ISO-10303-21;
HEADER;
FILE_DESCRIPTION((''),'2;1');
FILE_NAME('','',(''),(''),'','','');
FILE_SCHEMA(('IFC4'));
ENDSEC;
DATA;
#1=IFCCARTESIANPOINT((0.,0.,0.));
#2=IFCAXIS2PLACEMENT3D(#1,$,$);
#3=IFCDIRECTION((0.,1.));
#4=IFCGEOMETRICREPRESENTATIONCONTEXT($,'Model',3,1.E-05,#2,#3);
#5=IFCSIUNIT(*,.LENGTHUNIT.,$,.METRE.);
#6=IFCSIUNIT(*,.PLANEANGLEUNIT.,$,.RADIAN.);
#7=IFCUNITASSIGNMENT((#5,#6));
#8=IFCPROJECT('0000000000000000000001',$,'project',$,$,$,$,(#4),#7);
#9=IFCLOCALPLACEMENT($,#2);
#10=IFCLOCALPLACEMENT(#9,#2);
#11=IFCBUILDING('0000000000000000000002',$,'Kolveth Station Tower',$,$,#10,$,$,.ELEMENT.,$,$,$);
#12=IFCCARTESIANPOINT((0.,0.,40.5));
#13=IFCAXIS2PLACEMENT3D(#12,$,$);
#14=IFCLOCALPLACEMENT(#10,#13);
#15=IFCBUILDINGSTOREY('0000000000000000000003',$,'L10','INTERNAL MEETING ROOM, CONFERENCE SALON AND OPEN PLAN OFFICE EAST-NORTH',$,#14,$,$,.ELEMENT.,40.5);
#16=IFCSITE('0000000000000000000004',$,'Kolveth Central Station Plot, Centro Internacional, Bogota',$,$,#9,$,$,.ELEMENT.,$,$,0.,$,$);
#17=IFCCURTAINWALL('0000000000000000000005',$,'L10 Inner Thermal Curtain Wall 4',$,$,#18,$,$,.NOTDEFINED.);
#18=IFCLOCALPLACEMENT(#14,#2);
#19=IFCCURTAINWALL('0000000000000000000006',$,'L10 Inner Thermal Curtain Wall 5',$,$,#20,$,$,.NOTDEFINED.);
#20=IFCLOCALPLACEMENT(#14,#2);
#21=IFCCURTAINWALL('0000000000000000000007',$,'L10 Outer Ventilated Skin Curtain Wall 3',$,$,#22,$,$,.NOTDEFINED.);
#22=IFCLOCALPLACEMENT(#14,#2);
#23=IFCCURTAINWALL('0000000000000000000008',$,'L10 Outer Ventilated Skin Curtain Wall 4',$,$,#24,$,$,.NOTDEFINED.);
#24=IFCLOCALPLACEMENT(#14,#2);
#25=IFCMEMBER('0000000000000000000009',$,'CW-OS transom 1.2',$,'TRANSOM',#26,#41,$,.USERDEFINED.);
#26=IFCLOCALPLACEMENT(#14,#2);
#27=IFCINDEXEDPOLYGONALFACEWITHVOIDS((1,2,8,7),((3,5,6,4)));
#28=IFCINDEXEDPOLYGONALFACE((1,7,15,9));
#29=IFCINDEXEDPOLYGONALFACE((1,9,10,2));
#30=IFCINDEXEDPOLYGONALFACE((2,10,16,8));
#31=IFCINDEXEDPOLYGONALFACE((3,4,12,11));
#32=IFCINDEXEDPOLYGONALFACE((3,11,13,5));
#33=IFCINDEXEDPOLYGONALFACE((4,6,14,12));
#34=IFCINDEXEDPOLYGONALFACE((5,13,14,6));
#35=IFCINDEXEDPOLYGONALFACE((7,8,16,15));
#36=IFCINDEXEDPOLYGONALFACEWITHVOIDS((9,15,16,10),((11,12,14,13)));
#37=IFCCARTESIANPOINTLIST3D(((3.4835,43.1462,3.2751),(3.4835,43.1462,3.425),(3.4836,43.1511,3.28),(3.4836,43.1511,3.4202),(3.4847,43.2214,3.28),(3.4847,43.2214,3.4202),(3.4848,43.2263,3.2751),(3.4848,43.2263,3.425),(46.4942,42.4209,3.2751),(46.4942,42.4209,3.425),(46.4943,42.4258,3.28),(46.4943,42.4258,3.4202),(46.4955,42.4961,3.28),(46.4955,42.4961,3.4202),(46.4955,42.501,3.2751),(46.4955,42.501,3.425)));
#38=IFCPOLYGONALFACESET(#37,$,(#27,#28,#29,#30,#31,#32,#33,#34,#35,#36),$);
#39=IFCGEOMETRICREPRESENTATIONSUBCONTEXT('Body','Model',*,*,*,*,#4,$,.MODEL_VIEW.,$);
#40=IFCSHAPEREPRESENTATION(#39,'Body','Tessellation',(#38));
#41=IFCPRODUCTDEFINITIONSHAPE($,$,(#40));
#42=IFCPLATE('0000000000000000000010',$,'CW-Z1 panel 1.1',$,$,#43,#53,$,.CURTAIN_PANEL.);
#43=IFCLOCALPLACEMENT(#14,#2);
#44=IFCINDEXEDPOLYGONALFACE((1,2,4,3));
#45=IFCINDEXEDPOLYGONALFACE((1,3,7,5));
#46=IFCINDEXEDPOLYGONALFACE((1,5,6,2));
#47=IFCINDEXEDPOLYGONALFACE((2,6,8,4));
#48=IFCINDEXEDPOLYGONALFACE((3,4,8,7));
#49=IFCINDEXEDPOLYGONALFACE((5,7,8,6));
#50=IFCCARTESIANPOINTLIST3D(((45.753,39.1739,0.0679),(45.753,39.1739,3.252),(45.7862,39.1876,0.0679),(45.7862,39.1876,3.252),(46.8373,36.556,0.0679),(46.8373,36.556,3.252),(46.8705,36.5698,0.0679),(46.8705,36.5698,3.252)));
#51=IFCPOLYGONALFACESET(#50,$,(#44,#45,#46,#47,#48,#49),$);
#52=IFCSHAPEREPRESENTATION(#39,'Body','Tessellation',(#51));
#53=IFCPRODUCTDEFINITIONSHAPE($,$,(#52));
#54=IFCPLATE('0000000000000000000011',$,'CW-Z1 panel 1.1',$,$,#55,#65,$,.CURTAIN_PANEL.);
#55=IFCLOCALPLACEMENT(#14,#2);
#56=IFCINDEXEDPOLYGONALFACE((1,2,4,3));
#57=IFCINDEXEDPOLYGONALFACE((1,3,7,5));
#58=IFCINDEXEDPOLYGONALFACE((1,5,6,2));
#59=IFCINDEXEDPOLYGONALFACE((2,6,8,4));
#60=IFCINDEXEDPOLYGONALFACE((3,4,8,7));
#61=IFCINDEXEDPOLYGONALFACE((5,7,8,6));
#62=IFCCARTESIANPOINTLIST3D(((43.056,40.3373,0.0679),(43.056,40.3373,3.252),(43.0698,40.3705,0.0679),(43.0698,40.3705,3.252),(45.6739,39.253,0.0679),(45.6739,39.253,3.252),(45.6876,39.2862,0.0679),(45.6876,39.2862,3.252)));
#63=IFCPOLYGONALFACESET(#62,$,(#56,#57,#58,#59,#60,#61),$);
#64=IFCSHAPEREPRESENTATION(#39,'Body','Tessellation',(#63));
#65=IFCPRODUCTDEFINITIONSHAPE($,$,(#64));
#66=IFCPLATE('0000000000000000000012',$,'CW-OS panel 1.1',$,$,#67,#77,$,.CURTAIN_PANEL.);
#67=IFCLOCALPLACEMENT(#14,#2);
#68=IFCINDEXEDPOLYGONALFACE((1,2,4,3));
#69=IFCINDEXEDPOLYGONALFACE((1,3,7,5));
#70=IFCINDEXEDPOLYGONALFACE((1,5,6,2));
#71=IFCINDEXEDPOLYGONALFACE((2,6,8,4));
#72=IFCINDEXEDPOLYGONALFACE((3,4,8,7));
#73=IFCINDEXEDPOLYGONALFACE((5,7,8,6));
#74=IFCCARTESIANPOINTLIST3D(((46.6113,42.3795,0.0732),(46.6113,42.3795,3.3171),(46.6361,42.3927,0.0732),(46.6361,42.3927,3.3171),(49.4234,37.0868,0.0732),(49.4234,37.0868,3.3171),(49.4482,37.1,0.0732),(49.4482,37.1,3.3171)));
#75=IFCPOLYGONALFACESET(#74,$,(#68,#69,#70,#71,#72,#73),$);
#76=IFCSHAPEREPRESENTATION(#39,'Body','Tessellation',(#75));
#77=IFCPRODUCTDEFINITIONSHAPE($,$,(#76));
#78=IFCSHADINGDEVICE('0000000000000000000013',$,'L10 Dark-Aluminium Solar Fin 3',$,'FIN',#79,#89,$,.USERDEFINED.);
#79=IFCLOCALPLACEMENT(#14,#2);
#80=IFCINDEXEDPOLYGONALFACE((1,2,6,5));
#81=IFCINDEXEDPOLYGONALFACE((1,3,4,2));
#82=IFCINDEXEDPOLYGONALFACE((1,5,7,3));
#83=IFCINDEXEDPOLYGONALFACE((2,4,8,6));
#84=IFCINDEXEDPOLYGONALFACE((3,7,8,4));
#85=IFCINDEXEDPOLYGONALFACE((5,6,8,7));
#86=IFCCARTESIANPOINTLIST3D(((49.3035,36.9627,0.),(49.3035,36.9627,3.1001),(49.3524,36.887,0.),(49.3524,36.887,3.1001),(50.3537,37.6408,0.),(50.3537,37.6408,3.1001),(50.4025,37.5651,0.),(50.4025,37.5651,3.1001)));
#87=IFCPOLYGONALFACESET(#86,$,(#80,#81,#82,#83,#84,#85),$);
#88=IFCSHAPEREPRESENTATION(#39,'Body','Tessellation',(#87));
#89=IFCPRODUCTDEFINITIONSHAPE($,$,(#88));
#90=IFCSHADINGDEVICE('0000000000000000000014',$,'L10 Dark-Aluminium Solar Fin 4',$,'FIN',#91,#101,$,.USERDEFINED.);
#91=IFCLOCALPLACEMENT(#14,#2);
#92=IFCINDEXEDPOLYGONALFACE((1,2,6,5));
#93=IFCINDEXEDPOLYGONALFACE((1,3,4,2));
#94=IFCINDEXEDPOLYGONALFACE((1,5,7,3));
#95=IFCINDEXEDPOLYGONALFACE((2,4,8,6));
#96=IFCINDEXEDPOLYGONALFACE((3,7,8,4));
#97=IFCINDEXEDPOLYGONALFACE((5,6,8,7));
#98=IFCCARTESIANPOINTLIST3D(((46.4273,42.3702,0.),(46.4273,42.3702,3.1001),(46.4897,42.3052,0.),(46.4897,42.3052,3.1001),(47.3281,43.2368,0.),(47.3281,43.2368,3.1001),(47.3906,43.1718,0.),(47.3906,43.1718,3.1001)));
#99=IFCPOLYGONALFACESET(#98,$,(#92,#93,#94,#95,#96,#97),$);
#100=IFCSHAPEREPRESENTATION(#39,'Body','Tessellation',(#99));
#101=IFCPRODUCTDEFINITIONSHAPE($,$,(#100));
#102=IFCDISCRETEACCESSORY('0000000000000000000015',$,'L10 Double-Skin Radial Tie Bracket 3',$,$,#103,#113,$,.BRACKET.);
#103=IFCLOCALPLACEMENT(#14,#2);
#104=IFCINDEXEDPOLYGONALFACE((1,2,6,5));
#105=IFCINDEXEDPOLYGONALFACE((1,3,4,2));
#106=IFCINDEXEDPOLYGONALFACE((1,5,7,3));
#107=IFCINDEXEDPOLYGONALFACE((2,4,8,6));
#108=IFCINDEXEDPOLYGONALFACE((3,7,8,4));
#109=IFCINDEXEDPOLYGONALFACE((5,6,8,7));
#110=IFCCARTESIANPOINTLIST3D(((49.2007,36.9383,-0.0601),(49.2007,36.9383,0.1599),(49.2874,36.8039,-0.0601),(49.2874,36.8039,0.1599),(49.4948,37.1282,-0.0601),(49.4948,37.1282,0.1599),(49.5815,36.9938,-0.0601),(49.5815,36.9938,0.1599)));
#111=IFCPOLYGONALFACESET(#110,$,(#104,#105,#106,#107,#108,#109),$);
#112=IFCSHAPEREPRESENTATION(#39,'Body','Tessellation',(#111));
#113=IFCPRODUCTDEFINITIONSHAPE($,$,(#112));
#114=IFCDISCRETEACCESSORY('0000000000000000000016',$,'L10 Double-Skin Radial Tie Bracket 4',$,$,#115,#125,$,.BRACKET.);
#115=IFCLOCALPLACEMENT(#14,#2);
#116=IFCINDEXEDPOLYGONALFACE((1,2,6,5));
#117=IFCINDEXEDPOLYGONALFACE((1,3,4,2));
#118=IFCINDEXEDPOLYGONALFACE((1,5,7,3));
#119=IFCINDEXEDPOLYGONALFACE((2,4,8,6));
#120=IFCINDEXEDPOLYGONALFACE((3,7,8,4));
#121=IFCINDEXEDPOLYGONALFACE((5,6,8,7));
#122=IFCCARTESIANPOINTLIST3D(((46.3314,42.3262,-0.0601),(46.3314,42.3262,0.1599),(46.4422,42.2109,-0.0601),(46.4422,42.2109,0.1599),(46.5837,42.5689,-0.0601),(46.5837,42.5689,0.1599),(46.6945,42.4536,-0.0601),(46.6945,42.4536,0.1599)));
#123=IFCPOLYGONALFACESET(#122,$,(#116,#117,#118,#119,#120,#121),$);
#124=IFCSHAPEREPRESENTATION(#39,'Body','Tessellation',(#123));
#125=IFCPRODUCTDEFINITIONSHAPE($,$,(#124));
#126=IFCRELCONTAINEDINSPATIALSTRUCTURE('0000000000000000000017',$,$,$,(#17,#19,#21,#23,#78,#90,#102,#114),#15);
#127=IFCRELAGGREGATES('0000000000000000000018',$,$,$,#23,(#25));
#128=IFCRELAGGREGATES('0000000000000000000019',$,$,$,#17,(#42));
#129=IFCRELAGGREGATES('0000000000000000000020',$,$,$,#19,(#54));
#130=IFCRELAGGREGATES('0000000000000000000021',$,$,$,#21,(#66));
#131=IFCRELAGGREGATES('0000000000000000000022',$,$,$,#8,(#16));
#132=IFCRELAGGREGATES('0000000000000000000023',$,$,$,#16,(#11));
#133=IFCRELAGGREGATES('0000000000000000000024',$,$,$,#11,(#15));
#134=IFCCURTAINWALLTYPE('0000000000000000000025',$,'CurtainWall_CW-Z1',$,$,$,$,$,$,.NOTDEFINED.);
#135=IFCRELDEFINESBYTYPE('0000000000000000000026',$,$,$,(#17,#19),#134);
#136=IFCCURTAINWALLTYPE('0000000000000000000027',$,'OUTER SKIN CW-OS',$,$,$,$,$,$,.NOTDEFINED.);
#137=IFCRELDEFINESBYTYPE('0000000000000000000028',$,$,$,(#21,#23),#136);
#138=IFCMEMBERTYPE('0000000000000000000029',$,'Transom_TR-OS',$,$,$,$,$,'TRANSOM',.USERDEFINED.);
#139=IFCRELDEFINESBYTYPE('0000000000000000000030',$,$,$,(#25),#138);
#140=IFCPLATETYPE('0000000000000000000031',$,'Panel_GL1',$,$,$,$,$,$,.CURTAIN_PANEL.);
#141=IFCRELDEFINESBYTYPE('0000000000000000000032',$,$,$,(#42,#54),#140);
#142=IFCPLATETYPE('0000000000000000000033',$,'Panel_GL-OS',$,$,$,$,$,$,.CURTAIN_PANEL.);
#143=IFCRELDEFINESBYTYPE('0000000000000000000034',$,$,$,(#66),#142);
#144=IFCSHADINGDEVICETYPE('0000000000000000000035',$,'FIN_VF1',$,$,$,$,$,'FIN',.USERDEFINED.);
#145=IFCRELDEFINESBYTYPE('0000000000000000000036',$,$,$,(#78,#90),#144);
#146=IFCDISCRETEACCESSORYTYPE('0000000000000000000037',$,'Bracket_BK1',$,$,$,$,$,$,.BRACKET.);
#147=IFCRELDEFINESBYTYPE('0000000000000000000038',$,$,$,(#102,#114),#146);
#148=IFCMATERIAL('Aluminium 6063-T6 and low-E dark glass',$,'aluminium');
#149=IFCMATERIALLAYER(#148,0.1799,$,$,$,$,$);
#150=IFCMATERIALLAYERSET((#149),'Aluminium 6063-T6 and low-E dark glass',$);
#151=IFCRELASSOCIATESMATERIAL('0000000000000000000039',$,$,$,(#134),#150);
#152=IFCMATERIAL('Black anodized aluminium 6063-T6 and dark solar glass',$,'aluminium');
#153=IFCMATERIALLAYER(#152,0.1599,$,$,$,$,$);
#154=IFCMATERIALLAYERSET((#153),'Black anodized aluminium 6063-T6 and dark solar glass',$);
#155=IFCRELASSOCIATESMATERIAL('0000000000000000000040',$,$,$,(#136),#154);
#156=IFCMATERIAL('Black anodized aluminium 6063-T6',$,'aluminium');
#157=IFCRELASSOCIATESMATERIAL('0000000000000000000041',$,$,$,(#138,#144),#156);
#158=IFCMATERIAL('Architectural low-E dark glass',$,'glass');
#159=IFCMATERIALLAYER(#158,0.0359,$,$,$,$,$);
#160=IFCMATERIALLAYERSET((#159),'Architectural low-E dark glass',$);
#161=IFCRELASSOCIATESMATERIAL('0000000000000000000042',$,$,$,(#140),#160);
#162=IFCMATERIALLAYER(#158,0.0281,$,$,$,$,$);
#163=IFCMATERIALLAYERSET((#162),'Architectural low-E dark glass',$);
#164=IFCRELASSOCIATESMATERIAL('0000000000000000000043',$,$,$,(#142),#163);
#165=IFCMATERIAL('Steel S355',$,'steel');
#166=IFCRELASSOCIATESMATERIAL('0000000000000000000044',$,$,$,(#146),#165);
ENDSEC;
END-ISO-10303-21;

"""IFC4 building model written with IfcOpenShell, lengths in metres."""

from ifc_helpers import new_model, si_unit, direction, frame, origin, origin_2d, place, context, subcontext, project, spatial, rectangle, hollow_rectangle, extrude, source, transform, mapped, material, layer, layer_set, material_profile, profile_set, type_object, element, aggregate, save


model = new_model("IFC4")

# Units and contexts
model_context = context("Model", 3, precision=1e-05, world=origin(), true_north=direction((0.0, 1.0)))
body_context = subcontext(model_context, "Body", "Model", "MODEL_VIEW")
ifc_project = project(units=[si_unit("LENGTHUNIT", "METRE"), si_unit("PLANEANGLEUNIT", "RADIAN")], contexts=[model_context])

# Site, building, storey
site_placement = place(None, origin())
site = spatial("IfcSite", under=ifc_project, at=site_placement, Name="Kolveth Central Station Plot, Centro Internacional, Bogota", CompositionType="ELEMENT", RefElevation=0.0)
building_placement = place(site_placement, origin())
building = spatial("IfcBuilding", under=site, at=building_placement, Name="Kolveth Station Tower", CompositionType="ELEMENT")
storey_placement = place(building_placement, frame((0.0, 0.0, 40.5)))
storey = spatial("IfcBuildingStorey", under=building, at=storey_placement, Name="L10", Description="INTERNAL MEETING ROOM, CONFERENCE SALON AND OPEN PLAN OFFICE EAST-NORTH", CompositionType="ELEMENT", Elevation=40.5)

# Shared definitions
ifc_material_1 = material(Name="Steel S355", Category="steel")

# Curtain wall
ifc_material_2 = material(Name="Aluminium 6063-T6 and low-E dark glass", Category="aluminium")
ifc_layer_1 = layer(ifc_material_2, 0.1799)
ifc_layer_set_1 = layer_set([ifc_layer_1], Name="Aluminium 6063-T6 and low-E dark glass")
curtain_wall_type_1 = type_object("IfcCurtainWallType", Name="CurtainWall_CW-Z1", PredefinedType="NOTDEFINED", material=ifc_layer_set_1)
curtain_wall_1_placement = place(storey_placement, origin())
curtain_wall_1 = element("IfcCurtainWall", 1, at=curtain_wall_1_placement, inside=storey, type_object=curtain_wall_type_1, Name="L10 Inner Thermal Curtain Wall 4", PredefinedType="NOTDEFINED")
ifc_material_3 = material(Name="Black anodized aluminium 6063-T6", Category="aluminium")

# Curtain wall
curtain_wall_2_placement = place(storey_placement, origin())
curtain_wall_2 = element("IfcCurtainWall", 2, at=curtain_wall_2_placement, inside=storey, type_object=curtain_wall_type_1, Name="L10 Inner Thermal Curtain Wall 5", PredefinedType="NOTDEFINED")

# Shared definitions
ifc_material_4 = material(Name="Black anodized aluminium 6063-T6 and dark solar glass", Category="aluminium")
ifc_layer_2 = layer(ifc_material_4, 0.1599)
ifc_layer_set_2 = layer_set([ifc_layer_2], Name="Black anodized aluminium 6063-T6 and dark solar glass")
curtain_wall_type_2 = type_object("IfcCurtainWallType", Name="OUTER SKIN CW-OS", PredefinedType="NOTDEFINED", material=ifc_layer_set_2)

# Curtain wall
curtain_wall_3_placement = place(storey_placement, origin())
curtain_wall_3 = element("IfcCurtainWall", 3, at=curtain_wall_3_placement, inside=storey, type_object=curtain_wall_type_2, Name="L10 Outer Ventilated Skin Curtain Wall 3", PredefinedType="NOTDEFINED")

# Curtain wall
curtain_wall_4_placement = place(storey_placement, origin())
curtain_wall_4 = element("IfcCurtainWall", 4, at=curtain_wall_4_placement, inside=storey, type_object=curtain_wall_type_2, Name="L10 Outer Ventilated Skin Curtain Wall 4", PredefinedType="NOTDEFINED")

# Member
ifc_material_profile_1 = material_profile(ifc_material_3, hollow_rectangle(XDim=0.0801, YDim=0.1499, WallThickness=0.0049, at=origin_2d()), Name="ALU-80x150x5")
ifc_profile_set_1 = profile_set([ifc_material_profile_1], Name="Black anodized aluminium 6063-T6")
member_type_1 = type_object("IfcMemberType", Name="Transom_TR-OS", ElementType="TRANSOM", PredefinedType="USERDEFINED", material=ifc_profile_set_1)
shared_shape_1 = source(origin(), body_context, "Body", "SweptSolid", [
    extrude(hollow_rectangle(XDim=0.0801, YDim=0.1499, WallThickness=0.0049, at=origin_2d()), origin(), (0.0, 0.0, 1.0), 43.0168),
])
member_1_placement = place(storey_placement, frame((46.4949, 42.4609, 3.3501), z_axis=(-0.999858, 0.016862, 0.0), x_axis=(-0.016862, -0.999858, 0.0)))
member_1 = element("IfcMember", 5, at=member_1_placement, type_object=member_type_1, Name="CW-OS transom 1.2", ObjectType="TRANSOM", PredefinedType="USERDEFINED", context=body_context, shape_type="MappedRepresentation", body=[
    mapped(shared_shape_1, transform((0.0, 0.0, 0.0), x_axis=(1.0, 0.0, 0.0), y_axis=(0.0, 1.0, 0.0), z_axis=(0.0, 0.0, 1.0), scale=1.0)),
])
aggregate(curtain_wall_4, [member_1])

# Plates
ifc_material_5 = material(Name="Architectural low-E dark glass", Category="glass")
ifc_layer_3 = layer(ifc_material_5, 0.0359)
ifc_layer_set_3 = layer_set([ifc_layer_3], Name="Architectural low-E dark glass")
plate_type_1 = type_object("IfcPlateType", Name="Panel_GL1", PredefinedType="CURTAIN_PANEL", material=ifc_layer_set_3)
shared_shape_2 = source(origin(), body_context, "Body", "SweptSolid", [
    extrude(rectangle(XDim=2.8335, YDim=0.0359, at=origin_2d()), origin(), (0.0, 0.0, 1.0), 3.1841),
])
plate_1_placement = place(storey_placement, frame((46.3118, 37.8718, 0.0679), z_axis=(0.0, 0.0, 1.0), x_axis=(-0.382673, 0.923884, 0.0)))
plate_1 = element("IfcPlate", 6, at=plate_1_placement, type_object=plate_type_1, Name="CW-Z1 panel 1.1", PredefinedType="CURTAIN_PANEL", context=body_context, shape_type="MappedRepresentation", body=[
    mapped(shared_shape_2, transform((0.0, 0.0, 0.0), x_axis=(1.0, 0.0, 0.0), y_axis=(0.0, 1.0, 0.0), z_axis=(0.0, 0.0, 1.0), scale=1.0)),
])
aggregate(curtain_wall_1, [plate_1])
plate_2_placement = place(storey_placement, frame((44.3718, 39.8118, 0.0679), z_axis=(0.0, 0.0, 1.0), x_axis=(-0.923884, 0.382673, 0.0)))
plate_2 = element("IfcPlate", 7, at=plate_2_placement, type_object=plate_type_1, Name="CW-Z1 panel 1.1", PredefinedType="CURTAIN_PANEL", context=body_context, shape_type="MappedRepresentation", body=[
    mapped(shared_shape_2, transform((0.0, 0.0, 0.0), x_axis=(1.0, 0.0, 0.0), y_axis=(0.0, 1.0, 0.0), z_axis=(0.0, 0.0, 1.0), scale=1.0)),
])
aggregate(curtain_wall_2, [plate_2])
ifc_layer_4 = layer(ifc_material_5, 0.0281)
ifc_layer_set_4 = layer_set([ifc_layer_4], Name="Architectural low-E dark glass")
plate_type_2 = type_object("IfcPlateType", Name="Panel_GL-OS", PredefinedType="CURTAIN_PANEL", material=ifc_layer_set_4)
shared_shape_3 = source(origin(), body_context, "Body", "SweptSolid", [
    extrude(rectangle(XDim=5.9934, YDim=0.0281, at=origin_2d()), origin(), (0.0, 0.0, 1.0), 3.2439),
])
plate_3_placement = place(storey_placement, frame((48.0298, 39.7397, 0.0732), z_axis=(0.0, 0.0, 1.0), x_axis=(-0.469196, 0.883094, 0.0)))
plate_3 = element("IfcPlate", 8, at=plate_3_placement, type_object=plate_type_2, Name="CW-OS panel 1.1", PredefinedType="CURTAIN_PANEL", context=body_context, shape_type="MappedRepresentation", body=[
    mapped(shared_shape_3, transform((0.0, 0.0, 0.0), x_axis=(1.0, 0.0, 0.0), y_axis=(0.0, 1.0, 0.0), z_axis=(0.0, 0.0, 1.0), scale=1.0)),
])
aggregate(curtain_wall_3, [plate_3])

# Shading devices
shading_device_type = type_object("IfcShadingDeviceType", Name="FIN_VF1", ElementType="FIN", PredefinedType="USERDEFINED", material=ifc_material_3)
shared_shape_4 = source(origin(), body_context, "Body", "SweptSolid", [
    extrude(rectangle(XDim=1.25, YDim=0.0901, at=origin_2d()), origin(), (0.0, 0.0, 1.0), 3.1001),
])
for number, where, z_axis, x_axis, name in (
    (9, (49.853, 37.2639, 0.0), (0.0, 0.0, 1.0), (0.840094, 0.542442, 0.0), "L10 Dark-Aluminium Solar Fin 3"),
    (10, (46.9089, 42.771, 0.0), (0.0, 0.0, 1.0), (0.720672, 0.693276, 0.0), "L10 Dark-Aluminium Solar Fin 4"),
):
    element("IfcShadingDevice", number, at=place(storey_placement, frame(where, z_axis=z_axis, x_axis=x_axis)), inside=storey, type_object=shading_device_type, Name=name, ObjectType="FIN", PredefinedType="USERDEFINED", context=body_context, shape_type="MappedRepresentation", body=[
        mapped(shared_shape_4, transform((0.0, 0.0, 0.0), x_axis=(1.0, 0.0, 0.0), y_axis=(0.0, 1.0, 0.0), z_axis=(0.0, 0.0, 1.0), scale=1.0)),
    ])

# Discrete accessories
discrete_accessory_type = type_object("IfcDiscreteAccessoryType", Name="Bracket_BK1", PredefinedType="BRACKET", material=ifc_material_1)
shared_shape_5 = source(origin(), body_context, "Body", "SweptSolid", [
    extrude(rectangle(XDim=0.3501, YDim=0.1599, at=origin_2d()), origin(), (0.0, 0.0, 1.0), 0.22),
])
for number, where, z_axis, x_axis, name in (
    (11, (49.3911, 36.9661, -0.0601), (0.0, 0.0, 1.0), (0.840094, 0.542442, 0.0), "L10 Double-Skin Radial Tie Bracket 3"),
    (12, (46.5129, 42.3899, -0.0601), (0.0, 0.0, 1.0), (0.720672, 0.693276, 0.0), "L10 Double-Skin Radial Tie Bracket 4"),
):
    element("IfcDiscreteAccessory", number, at=place(storey_placement, frame(where, z_axis=z_axis, x_axis=x_axis)), inside=storey, type_object=discrete_accessory_type, Name=name, PredefinedType="BRACKET", context=body_context, shape_type="MappedRepresentation", body=[
        mapped(shared_shape_5, transform((0.0, 0.0, 0.0), x_axis=(1.0, 0.0, 0.0), y_axis=(0.0, 1.0, 0.0), z_axis=(0.0, 0.0, 1.0), scale=1.0)),
    ])

save(model, "model.ifc")
